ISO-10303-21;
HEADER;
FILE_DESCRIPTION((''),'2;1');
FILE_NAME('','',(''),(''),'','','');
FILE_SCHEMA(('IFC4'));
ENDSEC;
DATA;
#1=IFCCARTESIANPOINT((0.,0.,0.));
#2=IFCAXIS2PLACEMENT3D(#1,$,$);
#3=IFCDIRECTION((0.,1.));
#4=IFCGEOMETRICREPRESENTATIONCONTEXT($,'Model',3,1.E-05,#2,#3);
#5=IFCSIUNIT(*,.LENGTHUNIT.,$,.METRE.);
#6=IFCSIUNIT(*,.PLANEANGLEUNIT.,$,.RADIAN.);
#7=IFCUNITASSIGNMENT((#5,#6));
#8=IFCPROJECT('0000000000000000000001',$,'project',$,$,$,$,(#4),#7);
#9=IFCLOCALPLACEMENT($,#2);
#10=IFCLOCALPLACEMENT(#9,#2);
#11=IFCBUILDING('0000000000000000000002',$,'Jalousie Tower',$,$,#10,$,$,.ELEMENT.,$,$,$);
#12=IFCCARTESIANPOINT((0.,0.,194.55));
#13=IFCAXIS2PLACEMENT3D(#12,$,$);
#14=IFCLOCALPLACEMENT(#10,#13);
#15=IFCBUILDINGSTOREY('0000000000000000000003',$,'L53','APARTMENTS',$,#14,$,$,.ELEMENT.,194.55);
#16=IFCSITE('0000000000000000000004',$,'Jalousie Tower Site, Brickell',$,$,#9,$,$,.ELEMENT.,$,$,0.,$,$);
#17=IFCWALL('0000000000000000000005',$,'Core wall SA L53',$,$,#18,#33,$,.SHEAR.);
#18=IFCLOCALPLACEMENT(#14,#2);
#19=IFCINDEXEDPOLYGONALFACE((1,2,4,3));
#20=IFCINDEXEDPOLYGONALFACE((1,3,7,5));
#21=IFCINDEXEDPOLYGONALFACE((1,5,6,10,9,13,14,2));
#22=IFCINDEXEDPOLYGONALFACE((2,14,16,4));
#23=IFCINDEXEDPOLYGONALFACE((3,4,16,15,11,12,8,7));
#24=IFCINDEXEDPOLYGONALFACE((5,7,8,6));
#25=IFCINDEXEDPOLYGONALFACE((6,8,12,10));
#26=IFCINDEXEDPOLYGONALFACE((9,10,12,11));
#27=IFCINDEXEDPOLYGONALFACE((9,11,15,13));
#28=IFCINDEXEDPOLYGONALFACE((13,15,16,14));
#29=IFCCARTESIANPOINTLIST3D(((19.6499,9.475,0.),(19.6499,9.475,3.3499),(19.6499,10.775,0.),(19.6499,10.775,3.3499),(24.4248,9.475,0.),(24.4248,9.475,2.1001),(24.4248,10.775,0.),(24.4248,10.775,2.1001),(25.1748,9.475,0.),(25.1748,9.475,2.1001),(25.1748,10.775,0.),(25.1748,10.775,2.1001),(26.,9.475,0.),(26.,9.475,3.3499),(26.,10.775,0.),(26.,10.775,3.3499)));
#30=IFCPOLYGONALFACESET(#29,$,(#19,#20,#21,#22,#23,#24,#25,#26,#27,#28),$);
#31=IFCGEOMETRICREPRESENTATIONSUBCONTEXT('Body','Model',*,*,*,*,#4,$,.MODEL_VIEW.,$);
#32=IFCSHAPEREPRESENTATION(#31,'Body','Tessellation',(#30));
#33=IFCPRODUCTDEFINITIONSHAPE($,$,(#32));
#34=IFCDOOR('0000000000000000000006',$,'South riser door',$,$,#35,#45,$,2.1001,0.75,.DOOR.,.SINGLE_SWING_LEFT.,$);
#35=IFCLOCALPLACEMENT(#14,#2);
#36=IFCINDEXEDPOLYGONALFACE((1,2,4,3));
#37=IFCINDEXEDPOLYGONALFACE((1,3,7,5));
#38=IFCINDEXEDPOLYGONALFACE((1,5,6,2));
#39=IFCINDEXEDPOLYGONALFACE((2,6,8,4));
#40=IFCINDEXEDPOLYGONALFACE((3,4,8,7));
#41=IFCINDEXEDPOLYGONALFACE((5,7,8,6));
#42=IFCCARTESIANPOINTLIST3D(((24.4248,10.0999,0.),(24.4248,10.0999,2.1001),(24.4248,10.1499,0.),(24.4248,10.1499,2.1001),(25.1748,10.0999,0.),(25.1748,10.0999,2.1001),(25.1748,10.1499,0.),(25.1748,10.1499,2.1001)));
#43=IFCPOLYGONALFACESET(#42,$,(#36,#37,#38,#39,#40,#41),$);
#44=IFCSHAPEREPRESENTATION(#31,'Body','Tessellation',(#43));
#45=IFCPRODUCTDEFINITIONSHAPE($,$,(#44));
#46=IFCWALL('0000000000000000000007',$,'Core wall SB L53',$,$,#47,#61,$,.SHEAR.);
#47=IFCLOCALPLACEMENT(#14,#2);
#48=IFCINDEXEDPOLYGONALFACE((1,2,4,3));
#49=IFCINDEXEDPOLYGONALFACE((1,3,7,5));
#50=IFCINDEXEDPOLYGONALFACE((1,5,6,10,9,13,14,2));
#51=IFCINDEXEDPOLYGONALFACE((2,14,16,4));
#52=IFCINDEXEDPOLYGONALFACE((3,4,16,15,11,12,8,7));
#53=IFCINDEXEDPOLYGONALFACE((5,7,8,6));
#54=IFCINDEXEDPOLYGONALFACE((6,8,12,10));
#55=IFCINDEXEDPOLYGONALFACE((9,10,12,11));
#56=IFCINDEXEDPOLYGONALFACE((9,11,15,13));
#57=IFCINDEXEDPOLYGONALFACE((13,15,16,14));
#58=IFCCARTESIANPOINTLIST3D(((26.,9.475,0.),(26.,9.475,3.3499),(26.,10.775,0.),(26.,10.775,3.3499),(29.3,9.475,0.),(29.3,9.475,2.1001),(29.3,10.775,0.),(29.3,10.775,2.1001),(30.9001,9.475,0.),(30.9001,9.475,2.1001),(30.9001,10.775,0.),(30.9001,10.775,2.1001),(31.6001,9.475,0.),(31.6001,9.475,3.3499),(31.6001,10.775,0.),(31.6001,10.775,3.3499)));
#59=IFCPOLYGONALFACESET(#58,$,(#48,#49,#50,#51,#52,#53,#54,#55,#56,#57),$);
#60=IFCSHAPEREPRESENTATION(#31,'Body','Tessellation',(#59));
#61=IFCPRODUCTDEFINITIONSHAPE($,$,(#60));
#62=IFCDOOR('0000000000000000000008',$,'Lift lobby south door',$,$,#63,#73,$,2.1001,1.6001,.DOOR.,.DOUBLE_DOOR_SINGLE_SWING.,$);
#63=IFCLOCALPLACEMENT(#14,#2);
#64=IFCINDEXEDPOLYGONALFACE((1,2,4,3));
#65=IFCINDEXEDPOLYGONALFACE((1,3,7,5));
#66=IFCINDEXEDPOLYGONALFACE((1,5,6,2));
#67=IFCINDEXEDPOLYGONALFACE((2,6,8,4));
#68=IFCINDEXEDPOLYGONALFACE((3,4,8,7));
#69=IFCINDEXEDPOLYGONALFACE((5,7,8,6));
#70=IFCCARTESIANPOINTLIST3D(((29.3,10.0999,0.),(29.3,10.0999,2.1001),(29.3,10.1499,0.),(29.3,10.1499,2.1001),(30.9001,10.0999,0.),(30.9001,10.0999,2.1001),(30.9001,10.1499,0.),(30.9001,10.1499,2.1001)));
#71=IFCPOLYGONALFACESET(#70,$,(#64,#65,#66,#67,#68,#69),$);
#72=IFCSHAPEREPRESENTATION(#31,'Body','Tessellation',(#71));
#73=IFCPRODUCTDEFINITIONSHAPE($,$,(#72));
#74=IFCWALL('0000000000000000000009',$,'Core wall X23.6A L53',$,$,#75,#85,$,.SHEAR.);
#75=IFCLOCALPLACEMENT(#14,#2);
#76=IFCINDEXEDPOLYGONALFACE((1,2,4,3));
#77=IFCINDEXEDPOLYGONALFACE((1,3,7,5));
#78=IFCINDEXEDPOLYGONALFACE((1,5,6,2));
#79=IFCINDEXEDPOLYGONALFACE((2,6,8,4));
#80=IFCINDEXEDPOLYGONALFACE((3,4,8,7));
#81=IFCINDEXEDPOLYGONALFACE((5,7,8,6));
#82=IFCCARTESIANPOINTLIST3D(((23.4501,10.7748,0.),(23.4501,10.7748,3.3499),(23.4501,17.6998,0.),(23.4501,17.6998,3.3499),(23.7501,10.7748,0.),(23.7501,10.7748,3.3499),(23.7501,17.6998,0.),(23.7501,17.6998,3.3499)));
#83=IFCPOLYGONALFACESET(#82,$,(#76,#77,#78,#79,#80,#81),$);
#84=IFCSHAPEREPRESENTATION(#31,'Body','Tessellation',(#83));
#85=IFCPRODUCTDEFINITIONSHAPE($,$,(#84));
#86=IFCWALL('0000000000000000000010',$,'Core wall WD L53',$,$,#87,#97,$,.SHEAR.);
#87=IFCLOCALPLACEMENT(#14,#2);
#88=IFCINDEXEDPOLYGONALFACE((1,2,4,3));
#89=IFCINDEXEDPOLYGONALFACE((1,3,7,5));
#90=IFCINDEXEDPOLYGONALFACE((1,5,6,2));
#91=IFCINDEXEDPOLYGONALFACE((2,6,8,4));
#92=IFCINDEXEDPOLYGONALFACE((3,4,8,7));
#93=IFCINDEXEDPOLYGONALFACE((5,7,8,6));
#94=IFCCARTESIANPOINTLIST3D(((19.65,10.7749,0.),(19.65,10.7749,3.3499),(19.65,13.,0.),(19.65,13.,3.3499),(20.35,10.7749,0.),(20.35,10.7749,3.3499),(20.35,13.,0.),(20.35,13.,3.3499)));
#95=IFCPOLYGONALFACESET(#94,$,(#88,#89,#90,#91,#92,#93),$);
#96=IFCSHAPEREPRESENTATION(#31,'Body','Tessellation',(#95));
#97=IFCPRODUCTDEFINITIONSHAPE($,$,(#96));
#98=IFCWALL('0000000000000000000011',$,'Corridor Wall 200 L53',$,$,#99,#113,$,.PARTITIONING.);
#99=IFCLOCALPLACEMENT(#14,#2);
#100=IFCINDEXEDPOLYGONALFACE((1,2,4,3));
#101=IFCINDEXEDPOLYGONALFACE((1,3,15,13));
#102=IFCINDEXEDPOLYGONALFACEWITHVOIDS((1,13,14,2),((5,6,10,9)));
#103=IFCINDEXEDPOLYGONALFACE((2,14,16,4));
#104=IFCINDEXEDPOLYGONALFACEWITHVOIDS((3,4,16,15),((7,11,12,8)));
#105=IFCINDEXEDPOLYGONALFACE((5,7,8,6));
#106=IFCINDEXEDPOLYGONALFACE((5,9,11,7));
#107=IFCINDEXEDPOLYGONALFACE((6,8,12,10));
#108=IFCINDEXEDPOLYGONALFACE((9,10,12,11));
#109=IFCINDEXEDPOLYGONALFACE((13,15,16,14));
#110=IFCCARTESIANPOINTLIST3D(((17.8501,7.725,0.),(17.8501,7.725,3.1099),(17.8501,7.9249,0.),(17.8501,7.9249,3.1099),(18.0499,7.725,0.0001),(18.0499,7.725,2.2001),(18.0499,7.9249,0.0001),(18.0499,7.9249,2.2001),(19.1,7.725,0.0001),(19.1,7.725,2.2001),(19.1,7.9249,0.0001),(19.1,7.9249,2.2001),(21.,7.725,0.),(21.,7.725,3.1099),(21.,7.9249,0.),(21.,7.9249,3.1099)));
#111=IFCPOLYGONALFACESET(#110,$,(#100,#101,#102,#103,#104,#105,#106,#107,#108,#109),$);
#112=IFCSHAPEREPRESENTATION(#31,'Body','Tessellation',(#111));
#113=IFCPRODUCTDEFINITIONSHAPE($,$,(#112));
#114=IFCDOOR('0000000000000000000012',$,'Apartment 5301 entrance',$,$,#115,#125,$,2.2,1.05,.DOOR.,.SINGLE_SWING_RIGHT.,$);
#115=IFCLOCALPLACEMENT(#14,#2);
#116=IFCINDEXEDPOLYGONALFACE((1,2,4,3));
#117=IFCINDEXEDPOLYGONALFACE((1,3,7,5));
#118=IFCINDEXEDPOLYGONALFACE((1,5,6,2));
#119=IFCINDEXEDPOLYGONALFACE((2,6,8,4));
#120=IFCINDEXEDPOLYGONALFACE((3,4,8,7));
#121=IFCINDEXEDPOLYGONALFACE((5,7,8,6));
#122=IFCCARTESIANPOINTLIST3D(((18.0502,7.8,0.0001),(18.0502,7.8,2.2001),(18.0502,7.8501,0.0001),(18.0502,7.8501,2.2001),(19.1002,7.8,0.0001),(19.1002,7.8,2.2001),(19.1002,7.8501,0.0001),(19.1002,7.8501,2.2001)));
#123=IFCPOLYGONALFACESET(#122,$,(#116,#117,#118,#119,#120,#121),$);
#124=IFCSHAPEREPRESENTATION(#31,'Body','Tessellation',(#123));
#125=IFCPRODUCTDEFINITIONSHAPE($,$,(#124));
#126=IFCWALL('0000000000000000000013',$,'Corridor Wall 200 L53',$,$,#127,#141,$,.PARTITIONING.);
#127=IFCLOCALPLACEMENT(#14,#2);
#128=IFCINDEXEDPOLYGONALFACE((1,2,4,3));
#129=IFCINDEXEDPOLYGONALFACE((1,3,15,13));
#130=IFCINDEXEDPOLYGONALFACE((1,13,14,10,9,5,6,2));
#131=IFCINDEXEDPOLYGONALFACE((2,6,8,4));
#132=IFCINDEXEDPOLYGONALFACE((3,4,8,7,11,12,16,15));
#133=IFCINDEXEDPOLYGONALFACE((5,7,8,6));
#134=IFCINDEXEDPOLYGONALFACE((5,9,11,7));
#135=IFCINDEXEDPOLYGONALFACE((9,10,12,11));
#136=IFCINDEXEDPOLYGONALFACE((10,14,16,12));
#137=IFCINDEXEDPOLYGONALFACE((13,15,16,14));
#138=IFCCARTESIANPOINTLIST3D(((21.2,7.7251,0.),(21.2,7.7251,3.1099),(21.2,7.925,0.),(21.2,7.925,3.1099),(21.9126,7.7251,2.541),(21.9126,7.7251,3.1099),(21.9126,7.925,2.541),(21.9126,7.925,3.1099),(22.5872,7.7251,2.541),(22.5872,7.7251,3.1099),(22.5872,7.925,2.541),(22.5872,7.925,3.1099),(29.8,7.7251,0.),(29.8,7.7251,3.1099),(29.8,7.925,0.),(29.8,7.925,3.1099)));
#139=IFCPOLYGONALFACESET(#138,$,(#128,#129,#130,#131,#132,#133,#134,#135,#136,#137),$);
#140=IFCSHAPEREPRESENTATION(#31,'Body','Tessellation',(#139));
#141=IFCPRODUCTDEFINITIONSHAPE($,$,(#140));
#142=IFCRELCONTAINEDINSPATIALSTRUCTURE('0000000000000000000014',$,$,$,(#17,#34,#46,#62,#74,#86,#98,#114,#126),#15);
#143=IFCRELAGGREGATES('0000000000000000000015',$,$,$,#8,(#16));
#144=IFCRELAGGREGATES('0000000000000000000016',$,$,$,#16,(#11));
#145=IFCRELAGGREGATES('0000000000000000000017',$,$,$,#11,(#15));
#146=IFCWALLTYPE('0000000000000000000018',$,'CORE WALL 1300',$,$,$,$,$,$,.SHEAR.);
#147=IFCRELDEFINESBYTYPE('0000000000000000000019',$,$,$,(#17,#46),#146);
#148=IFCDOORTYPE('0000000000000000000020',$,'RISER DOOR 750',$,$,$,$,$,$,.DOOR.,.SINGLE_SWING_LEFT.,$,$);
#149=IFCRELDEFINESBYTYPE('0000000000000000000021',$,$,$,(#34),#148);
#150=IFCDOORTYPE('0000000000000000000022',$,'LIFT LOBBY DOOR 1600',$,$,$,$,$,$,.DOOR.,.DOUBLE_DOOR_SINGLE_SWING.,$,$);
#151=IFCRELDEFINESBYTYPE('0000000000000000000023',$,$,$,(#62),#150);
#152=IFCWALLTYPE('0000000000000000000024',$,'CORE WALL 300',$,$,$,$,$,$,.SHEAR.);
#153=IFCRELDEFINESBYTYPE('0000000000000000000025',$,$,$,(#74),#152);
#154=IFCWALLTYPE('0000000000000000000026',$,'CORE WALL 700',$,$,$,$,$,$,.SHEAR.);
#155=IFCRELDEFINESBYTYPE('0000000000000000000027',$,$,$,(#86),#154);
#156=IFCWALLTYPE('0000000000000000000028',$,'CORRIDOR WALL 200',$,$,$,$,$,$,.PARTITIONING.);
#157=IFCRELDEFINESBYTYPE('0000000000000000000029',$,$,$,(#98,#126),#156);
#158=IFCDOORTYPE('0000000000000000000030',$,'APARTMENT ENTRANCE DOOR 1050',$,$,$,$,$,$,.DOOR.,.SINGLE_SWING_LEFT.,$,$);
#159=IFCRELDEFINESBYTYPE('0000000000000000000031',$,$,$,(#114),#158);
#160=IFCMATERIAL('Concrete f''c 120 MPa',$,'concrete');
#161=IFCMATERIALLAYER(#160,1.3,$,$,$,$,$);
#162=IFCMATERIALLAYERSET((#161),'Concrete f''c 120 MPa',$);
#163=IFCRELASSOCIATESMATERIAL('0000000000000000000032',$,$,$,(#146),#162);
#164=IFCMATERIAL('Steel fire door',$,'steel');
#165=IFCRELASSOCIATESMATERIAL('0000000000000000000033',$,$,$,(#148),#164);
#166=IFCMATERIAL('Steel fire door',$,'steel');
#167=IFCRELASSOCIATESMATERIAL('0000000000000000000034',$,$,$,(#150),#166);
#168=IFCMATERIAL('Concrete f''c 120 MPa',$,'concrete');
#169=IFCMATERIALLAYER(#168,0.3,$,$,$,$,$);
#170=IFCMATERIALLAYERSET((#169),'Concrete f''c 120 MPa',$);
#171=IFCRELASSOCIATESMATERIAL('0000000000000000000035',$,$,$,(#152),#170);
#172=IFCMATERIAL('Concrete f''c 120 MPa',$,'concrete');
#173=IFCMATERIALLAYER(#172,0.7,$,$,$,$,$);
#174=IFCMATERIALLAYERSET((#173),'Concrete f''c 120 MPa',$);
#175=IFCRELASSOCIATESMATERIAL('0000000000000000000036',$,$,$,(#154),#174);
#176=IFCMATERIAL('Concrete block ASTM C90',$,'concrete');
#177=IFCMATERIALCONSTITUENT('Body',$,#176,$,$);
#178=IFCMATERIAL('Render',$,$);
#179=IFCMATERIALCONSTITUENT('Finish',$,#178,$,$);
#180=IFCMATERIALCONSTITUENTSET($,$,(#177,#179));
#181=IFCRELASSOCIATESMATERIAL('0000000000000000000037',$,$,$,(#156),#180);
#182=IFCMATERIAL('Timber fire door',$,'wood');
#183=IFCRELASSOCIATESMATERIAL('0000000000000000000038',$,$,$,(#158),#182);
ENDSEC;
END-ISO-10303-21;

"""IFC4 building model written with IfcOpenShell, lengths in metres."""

from ifc_helpers import new_model, si_unit, direction, frame, frame_2d, origin, place, context, subcontext, project, spatial, polyline, rectangle, outline, extrude, material, layer, layer_set, constituent, constituent_set, type_object, element, fill, save


model = new_model("IFC4")

# Units and contexts
model_context = context("Model", 3, precision=1e-05, world=origin(), true_north=direction((0.0, 1.0)))
body_context = subcontext(model_context, "Body", "Model", "MODEL_VIEW")
ifc_project = project(units=[si_unit("LENGTHUNIT", "METRE"), si_unit("PLANEANGLEUNIT", "RADIAN")], contexts=[model_context])

# Site, building, storey
site_placement = place(None, origin())
site = spatial("IfcSite", under=ifc_project, at=site_placement, Name="Jalousie Tower Site, Brickell", CompositionType="ELEMENT", RefElevation=0.0)
building_placement = place(site_placement, origin())
building = spatial("IfcBuilding", under=site, at=building_placement, Name="Jalousie Tower", CompositionType="ELEMENT")
storey_placement = place(building_placement, frame((0.0, 0.0, 194.55)))
storey = spatial("IfcBuildingStorey", under=building, at=storey_placement, Name="L53", Description="APARTMENTS", CompositionType="ELEMENT", Elevation=194.55)

# Walls, openings, doors
ifc_material_1 = material(Name="Concrete f'c 120 MPa", Category="concrete")
ifc_layer_1 = layer(ifc_material_1, 1.3)
ifc_layer_set_1 = layer_set([ifc_layer_1], Name="Concrete f'c 120 MPa")
wall_type_1 = type_object("IfcWallType", Name="CORE WALL 1300", PredefinedType="SHEAR", material=ifc_layer_set_1)
wall_1_placement = place(storey_placement, frame((19.6499, 10.125, 0.0), z_axis=(0.0, 0.0, 1.0), x_axis=(1.0, 0.0, 0.0)))
wall_1 = element("IfcWall", 1, at=wall_1_placement, inside=storey, type_object=wall_type_1, Name="Core wall SA L53", PredefinedType="SHEAR", context=body_context, shape_type="SweptSolid", body=[
    extrude(rectangle(XDim=6.3501, YDim=1.3, at=frame_2d((3.175, 0.0))), origin(), (0.0, 0.0, 1.0), 3.3499),
])
opening_1_placement = place(wall_1_placement, frame((4.7749, 0.0, 0.0)))
opening_1 = element("IfcOpeningElement", 2, at=opening_1_placement, cuts=wall_1, PredefinedType="OPENING", context=body_context, shape_type="SweptSolid", body=[
    extrude(rectangle(XDim=0.75, YDim=2.1001, at=frame_2d((0.375, 1.05))), frame((0.0, 0.6599, 0.0), z_axis=(0.0, -1.0, 0.0), x_axis=(1.0, 0.0, 0.0)), (0.0, 0.0, 1.0), 1.3201),
])
ifc_material_2 = material(Name="Steel fire door", Category="steel")
door_type_1 = type_object("IfcDoorType", Name="RISER DOOR 750", OperationType="SINGLE_SWING_LEFT", PredefinedType="DOOR", material=ifc_material_2)
door_1_placement = place(opening_1_placement, origin())
door_1 = element("IfcDoor", 3, at=door_1_placement, inside=storey, type_object=door_type_1, Name="South riser door", OperationType="SINGLE_SWING_LEFT", OverallHeight=2.1001, OverallWidth=0.75, PredefinedType="DOOR", context=body_context, shape_type="SweptSolid", body=[
    extrude(rectangle(XDim=0.75, YDim=2.1001, at=frame_2d((0.375, 1.05))), frame((0.0, 0.0249, 0.0), z_axis=(0.0, -1.0, 0.0), x_axis=(1.0, 0.0, 0.0)), (0.0, 0.0, 1.0), 0.05),
])
fill(opening_1, door_1)
wall_2_placement = place(storey_placement, frame((26.0, 10.125, 0.0), z_axis=(0.0, 0.0, 1.0), x_axis=(1.0, 0.0, 0.0)))
wall_2 = element("IfcWall", 4, at=wall_2_placement, inside=storey, type_object=wall_type_1, Name="Core wall SB L53", PredefinedType="SHEAR", context=body_context, shape_type="SweptSolid", body=[
    extrude(rectangle(XDim=5.6001, YDim=1.3, at=frame_2d((2.8, 0.0))), origin(), (0.0, 0.0, 1.0), 3.3499),
])
opening_2_placement = place(wall_2_placement, frame((3.3, 0.0, 0.0)))
opening_2 = element("IfcOpeningElement", 5, at=opening_2_placement, cuts=wall_2, PredefinedType="OPENING", context=body_context, shape_type="SweptSolid", body=[
    extrude(rectangle(XDim=1.6001, YDim=2.1001, at=frame_2d((0.8, 1.05))), frame((0.0, 0.6599, 0.0), z_axis=(0.0, -1.0, 0.0), x_axis=(1.0, 0.0, 0.0)), (0.0, 0.0, 1.0), 1.3201),
])
ifc_material_3 = material(Name="Steel fire door", Category="steel")
door_type_2 = type_object("IfcDoorType", Name="LIFT LOBBY DOOR 1600", OperationType="DOUBLE_DOOR_SINGLE_SWING", PredefinedType="DOOR", material=ifc_material_3)
door_2_placement = place(opening_2_placement, origin())
door_2 = element("IfcDoor", 6, at=door_2_placement, inside=storey, type_object=door_type_2, Name="Lift lobby south door", OperationType="DOUBLE_DOOR_SINGLE_SWING", OverallHeight=2.1001, OverallWidth=1.6001, PredefinedType="DOOR", context=body_context, shape_type="SweptSolid", body=[
    extrude(rectangle(XDim=1.6001, YDim=2.1001, at=frame_2d((0.8, 1.05))), frame((0.0, 0.0249, 0.0), z_axis=(0.0, -1.0, 0.0), x_axis=(1.0, 0.0, 0.0)), (0.0, 0.0, 1.0), 0.05),
])
fill(opening_2, door_2)

# Walls
ifc_material_4 = material(Name="Concrete f'c 120 MPa", Category="concrete")
ifc_layer_2 = layer(ifc_material_4, 0.3)
ifc_layer_set_2 = layer_set([ifc_layer_2], Name="Concrete f'c 120 MPa")
wall_type_2 = type_object("IfcWallType", Name="CORE WALL 300", PredefinedType="SHEAR", material=ifc_layer_set_2)
wall_3_placement = place(storey_placement, frame((23.6001, 10.7749, 0.0), z_axis=(0.0, 0.0, 1.0), x_axis=(0.0, 1.0, 0.0)))
element("IfcWall", 7, at=wall_3_placement, inside=storey, type_object=wall_type_2, Name="Core wall X23.6A L53", PredefinedType="SHEAR", context=body_context, shape_type="SweptSolid", body=[
    extrude(rectangle(XDim=6.925, YDim=0.3, at=frame_2d((3.4624, 0.0))), origin(), (0.0, 0.0, 1.0), 3.3499),
])
ifc_material_5 = material(Name="Concrete f'c 120 MPa", Category="concrete")
ifc_layer_3 = layer(ifc_material_5, 0.7)
ifc_layer_set_3 = layer_set([ifc_layer_3], Name="Concrete f'c 120 MPa")
wall_type_3 = type_object("IfcWallType", Name="CORE WALL 700", PredefinedType="SHEAR", material=ifc_layer_set_3)
wall_4_placement = place(storey_placement, frame((20.0, 13.0, 0.0), z_axis=(0.0, 0.0, 1.0), x_axis=(0.0, -1.0, 0.0)))
element("IfcWall", 8, at=wall_4_placement, inside=storey, type_object=wall_type_3, Name="Core wall WD L53", PredefinedType="SHEAR", context=body_context, shape_type="SweptSolid", body=[
    extrude(rectangle(XDim=2.2251, YDim=0.7, at=frame_2d((1.1125, 0.0))), origin(), (0.0, 0.0, 1.0), 3.3499),
])

# Wall, opening, door
ifc_material_6 = material(Name="Concrete block ASTM C90", Category="concrete")
ifc_constituent_1 = constituent(ifc_material_6, Name="Body")
ifc_material_7 = material(Name="Render")
ifc_constituent_2 = constituent(ifc_material_7, Name="Finish")
ifc_constituent_set_1 = constituent_set(constituents=[ifc_constituent_1, ifc_constituent_2])
wall_type_4 = type_object("IfcWallType", Name="CORRIDOR WALL 200", PredefinedType="PARTITIONING", material=ifc_constituent_set_1)
wall_5_placement = place(storey_placement, frame((17.8501, 7.825, 0.0), z_axis=(0.0, 0.0, 1.0), x_axis=(1.0, 0.0, 0.0)))
wall_5 = element("IfcWall", 9, at=wall_5_placement, inside=storey, type_object=wall_type_4, Name="Corridor Wall 200 L53", PredefinedType="PARTITIONING", context=body_context, shape_type="SweptSolid", body=[
    extrude(rectangle(XDim=3.1499, YDim=0.2, at=frame_2d((1.575, 0.0))), origin(), (0.0, 0.0, 1.0), 3.1099),
])
opening_3_placement = place(wall_5_placement, frame((0.2, 0.0, 0.0)))
opening_3 = element("IfcOpeningElement", 10, at=opening_3_placement, cuts=wall_5, PredefinedType="OPENING", context=body_context, shape_type="SweptSolid", body=[
    extrude(rectangle(XDim=1.05, YDim=2.2, at=frame_2d((0.5249, 1.1001))), frame((0.0, 0.1099, 0.0), z_axis=(0.0, -1.0, 0.0), x_axis=(1.0, 0.0, 0.0)), (0.0, 0.0, 1.0), 0.22),
])
ifc_material_8 = material(Name="Timber fire door", Category="wood")
door_type_3 = type_object("IfcDoorType", Name="APARTMENT ENTRANCE DOOR 1050", OperationType="SINGLE_SWING_LEFT", PredefinedType="DOOR", material=ifc_material_8)
door_3_placement = place(opening_3_placement, frame((1.05, 0.0, 0.0), z_axis=(0.0, 0.0, 1.0), x_axis=(-1.0, 0.0, 0.0)))
door_3 = element("IfcDoor", 11, at=door_3_placement, inside=storey, type_object=door_type_3, Name="Apartment 5301 entrance", OperationType="SINGLE_SWING_RIGHT", OverallHeight=2.2, OverallWidth=1.05, PredefinedType="DOOR", context=body_context, shape_type="SweptSolid", body=[
    extrude(rectangle(XDim=1.05, YDim=2.2, at=frame_2d((0.5249, 1.1001))), frame((0.0, 0.0249, 0.0), z_axis=(0.0, -1.0, 0.0), x_axis=(1.0, 0.0, 0.0)), (0.0, 0.0, 1.0), 0.05),
])
fill(opening_3, door_3)

# Wall
wall_6_placement = place(storey_placement, frame((21.2, 7.825, 0.0), z_axis=(0.0, 0.0, 1.0), x_axis=(1.0, 0.0, 0.0)))
element("IfcWall", 12, at=wall_6_placement, inside=storey, type_object=wall_type_4, Name="Corridor Wall 200 L53", PredefinedType="PARTITIONING", context=body_context, shape_type="SweptSolid", body=[
    extrude(outline(polyline([(0.0, 0.0), (8.6001, 0.0), (8.6001, 3.1099), (1.3872, 3.1099), (1.3872, 2.541), (0.7126, 2.541), (0.7126, 3.1099), (0.0, 3.1099), (0.0, 0.0)])), frame((0.0, 0.1001, 0.0), z_axis=(0.0, -1.0, 0.0), x_axis=(1.0, 0.0, 0.0)), (0.0, 0.0, 1.0), 0.2),
])

save(model, "model.ifc")
